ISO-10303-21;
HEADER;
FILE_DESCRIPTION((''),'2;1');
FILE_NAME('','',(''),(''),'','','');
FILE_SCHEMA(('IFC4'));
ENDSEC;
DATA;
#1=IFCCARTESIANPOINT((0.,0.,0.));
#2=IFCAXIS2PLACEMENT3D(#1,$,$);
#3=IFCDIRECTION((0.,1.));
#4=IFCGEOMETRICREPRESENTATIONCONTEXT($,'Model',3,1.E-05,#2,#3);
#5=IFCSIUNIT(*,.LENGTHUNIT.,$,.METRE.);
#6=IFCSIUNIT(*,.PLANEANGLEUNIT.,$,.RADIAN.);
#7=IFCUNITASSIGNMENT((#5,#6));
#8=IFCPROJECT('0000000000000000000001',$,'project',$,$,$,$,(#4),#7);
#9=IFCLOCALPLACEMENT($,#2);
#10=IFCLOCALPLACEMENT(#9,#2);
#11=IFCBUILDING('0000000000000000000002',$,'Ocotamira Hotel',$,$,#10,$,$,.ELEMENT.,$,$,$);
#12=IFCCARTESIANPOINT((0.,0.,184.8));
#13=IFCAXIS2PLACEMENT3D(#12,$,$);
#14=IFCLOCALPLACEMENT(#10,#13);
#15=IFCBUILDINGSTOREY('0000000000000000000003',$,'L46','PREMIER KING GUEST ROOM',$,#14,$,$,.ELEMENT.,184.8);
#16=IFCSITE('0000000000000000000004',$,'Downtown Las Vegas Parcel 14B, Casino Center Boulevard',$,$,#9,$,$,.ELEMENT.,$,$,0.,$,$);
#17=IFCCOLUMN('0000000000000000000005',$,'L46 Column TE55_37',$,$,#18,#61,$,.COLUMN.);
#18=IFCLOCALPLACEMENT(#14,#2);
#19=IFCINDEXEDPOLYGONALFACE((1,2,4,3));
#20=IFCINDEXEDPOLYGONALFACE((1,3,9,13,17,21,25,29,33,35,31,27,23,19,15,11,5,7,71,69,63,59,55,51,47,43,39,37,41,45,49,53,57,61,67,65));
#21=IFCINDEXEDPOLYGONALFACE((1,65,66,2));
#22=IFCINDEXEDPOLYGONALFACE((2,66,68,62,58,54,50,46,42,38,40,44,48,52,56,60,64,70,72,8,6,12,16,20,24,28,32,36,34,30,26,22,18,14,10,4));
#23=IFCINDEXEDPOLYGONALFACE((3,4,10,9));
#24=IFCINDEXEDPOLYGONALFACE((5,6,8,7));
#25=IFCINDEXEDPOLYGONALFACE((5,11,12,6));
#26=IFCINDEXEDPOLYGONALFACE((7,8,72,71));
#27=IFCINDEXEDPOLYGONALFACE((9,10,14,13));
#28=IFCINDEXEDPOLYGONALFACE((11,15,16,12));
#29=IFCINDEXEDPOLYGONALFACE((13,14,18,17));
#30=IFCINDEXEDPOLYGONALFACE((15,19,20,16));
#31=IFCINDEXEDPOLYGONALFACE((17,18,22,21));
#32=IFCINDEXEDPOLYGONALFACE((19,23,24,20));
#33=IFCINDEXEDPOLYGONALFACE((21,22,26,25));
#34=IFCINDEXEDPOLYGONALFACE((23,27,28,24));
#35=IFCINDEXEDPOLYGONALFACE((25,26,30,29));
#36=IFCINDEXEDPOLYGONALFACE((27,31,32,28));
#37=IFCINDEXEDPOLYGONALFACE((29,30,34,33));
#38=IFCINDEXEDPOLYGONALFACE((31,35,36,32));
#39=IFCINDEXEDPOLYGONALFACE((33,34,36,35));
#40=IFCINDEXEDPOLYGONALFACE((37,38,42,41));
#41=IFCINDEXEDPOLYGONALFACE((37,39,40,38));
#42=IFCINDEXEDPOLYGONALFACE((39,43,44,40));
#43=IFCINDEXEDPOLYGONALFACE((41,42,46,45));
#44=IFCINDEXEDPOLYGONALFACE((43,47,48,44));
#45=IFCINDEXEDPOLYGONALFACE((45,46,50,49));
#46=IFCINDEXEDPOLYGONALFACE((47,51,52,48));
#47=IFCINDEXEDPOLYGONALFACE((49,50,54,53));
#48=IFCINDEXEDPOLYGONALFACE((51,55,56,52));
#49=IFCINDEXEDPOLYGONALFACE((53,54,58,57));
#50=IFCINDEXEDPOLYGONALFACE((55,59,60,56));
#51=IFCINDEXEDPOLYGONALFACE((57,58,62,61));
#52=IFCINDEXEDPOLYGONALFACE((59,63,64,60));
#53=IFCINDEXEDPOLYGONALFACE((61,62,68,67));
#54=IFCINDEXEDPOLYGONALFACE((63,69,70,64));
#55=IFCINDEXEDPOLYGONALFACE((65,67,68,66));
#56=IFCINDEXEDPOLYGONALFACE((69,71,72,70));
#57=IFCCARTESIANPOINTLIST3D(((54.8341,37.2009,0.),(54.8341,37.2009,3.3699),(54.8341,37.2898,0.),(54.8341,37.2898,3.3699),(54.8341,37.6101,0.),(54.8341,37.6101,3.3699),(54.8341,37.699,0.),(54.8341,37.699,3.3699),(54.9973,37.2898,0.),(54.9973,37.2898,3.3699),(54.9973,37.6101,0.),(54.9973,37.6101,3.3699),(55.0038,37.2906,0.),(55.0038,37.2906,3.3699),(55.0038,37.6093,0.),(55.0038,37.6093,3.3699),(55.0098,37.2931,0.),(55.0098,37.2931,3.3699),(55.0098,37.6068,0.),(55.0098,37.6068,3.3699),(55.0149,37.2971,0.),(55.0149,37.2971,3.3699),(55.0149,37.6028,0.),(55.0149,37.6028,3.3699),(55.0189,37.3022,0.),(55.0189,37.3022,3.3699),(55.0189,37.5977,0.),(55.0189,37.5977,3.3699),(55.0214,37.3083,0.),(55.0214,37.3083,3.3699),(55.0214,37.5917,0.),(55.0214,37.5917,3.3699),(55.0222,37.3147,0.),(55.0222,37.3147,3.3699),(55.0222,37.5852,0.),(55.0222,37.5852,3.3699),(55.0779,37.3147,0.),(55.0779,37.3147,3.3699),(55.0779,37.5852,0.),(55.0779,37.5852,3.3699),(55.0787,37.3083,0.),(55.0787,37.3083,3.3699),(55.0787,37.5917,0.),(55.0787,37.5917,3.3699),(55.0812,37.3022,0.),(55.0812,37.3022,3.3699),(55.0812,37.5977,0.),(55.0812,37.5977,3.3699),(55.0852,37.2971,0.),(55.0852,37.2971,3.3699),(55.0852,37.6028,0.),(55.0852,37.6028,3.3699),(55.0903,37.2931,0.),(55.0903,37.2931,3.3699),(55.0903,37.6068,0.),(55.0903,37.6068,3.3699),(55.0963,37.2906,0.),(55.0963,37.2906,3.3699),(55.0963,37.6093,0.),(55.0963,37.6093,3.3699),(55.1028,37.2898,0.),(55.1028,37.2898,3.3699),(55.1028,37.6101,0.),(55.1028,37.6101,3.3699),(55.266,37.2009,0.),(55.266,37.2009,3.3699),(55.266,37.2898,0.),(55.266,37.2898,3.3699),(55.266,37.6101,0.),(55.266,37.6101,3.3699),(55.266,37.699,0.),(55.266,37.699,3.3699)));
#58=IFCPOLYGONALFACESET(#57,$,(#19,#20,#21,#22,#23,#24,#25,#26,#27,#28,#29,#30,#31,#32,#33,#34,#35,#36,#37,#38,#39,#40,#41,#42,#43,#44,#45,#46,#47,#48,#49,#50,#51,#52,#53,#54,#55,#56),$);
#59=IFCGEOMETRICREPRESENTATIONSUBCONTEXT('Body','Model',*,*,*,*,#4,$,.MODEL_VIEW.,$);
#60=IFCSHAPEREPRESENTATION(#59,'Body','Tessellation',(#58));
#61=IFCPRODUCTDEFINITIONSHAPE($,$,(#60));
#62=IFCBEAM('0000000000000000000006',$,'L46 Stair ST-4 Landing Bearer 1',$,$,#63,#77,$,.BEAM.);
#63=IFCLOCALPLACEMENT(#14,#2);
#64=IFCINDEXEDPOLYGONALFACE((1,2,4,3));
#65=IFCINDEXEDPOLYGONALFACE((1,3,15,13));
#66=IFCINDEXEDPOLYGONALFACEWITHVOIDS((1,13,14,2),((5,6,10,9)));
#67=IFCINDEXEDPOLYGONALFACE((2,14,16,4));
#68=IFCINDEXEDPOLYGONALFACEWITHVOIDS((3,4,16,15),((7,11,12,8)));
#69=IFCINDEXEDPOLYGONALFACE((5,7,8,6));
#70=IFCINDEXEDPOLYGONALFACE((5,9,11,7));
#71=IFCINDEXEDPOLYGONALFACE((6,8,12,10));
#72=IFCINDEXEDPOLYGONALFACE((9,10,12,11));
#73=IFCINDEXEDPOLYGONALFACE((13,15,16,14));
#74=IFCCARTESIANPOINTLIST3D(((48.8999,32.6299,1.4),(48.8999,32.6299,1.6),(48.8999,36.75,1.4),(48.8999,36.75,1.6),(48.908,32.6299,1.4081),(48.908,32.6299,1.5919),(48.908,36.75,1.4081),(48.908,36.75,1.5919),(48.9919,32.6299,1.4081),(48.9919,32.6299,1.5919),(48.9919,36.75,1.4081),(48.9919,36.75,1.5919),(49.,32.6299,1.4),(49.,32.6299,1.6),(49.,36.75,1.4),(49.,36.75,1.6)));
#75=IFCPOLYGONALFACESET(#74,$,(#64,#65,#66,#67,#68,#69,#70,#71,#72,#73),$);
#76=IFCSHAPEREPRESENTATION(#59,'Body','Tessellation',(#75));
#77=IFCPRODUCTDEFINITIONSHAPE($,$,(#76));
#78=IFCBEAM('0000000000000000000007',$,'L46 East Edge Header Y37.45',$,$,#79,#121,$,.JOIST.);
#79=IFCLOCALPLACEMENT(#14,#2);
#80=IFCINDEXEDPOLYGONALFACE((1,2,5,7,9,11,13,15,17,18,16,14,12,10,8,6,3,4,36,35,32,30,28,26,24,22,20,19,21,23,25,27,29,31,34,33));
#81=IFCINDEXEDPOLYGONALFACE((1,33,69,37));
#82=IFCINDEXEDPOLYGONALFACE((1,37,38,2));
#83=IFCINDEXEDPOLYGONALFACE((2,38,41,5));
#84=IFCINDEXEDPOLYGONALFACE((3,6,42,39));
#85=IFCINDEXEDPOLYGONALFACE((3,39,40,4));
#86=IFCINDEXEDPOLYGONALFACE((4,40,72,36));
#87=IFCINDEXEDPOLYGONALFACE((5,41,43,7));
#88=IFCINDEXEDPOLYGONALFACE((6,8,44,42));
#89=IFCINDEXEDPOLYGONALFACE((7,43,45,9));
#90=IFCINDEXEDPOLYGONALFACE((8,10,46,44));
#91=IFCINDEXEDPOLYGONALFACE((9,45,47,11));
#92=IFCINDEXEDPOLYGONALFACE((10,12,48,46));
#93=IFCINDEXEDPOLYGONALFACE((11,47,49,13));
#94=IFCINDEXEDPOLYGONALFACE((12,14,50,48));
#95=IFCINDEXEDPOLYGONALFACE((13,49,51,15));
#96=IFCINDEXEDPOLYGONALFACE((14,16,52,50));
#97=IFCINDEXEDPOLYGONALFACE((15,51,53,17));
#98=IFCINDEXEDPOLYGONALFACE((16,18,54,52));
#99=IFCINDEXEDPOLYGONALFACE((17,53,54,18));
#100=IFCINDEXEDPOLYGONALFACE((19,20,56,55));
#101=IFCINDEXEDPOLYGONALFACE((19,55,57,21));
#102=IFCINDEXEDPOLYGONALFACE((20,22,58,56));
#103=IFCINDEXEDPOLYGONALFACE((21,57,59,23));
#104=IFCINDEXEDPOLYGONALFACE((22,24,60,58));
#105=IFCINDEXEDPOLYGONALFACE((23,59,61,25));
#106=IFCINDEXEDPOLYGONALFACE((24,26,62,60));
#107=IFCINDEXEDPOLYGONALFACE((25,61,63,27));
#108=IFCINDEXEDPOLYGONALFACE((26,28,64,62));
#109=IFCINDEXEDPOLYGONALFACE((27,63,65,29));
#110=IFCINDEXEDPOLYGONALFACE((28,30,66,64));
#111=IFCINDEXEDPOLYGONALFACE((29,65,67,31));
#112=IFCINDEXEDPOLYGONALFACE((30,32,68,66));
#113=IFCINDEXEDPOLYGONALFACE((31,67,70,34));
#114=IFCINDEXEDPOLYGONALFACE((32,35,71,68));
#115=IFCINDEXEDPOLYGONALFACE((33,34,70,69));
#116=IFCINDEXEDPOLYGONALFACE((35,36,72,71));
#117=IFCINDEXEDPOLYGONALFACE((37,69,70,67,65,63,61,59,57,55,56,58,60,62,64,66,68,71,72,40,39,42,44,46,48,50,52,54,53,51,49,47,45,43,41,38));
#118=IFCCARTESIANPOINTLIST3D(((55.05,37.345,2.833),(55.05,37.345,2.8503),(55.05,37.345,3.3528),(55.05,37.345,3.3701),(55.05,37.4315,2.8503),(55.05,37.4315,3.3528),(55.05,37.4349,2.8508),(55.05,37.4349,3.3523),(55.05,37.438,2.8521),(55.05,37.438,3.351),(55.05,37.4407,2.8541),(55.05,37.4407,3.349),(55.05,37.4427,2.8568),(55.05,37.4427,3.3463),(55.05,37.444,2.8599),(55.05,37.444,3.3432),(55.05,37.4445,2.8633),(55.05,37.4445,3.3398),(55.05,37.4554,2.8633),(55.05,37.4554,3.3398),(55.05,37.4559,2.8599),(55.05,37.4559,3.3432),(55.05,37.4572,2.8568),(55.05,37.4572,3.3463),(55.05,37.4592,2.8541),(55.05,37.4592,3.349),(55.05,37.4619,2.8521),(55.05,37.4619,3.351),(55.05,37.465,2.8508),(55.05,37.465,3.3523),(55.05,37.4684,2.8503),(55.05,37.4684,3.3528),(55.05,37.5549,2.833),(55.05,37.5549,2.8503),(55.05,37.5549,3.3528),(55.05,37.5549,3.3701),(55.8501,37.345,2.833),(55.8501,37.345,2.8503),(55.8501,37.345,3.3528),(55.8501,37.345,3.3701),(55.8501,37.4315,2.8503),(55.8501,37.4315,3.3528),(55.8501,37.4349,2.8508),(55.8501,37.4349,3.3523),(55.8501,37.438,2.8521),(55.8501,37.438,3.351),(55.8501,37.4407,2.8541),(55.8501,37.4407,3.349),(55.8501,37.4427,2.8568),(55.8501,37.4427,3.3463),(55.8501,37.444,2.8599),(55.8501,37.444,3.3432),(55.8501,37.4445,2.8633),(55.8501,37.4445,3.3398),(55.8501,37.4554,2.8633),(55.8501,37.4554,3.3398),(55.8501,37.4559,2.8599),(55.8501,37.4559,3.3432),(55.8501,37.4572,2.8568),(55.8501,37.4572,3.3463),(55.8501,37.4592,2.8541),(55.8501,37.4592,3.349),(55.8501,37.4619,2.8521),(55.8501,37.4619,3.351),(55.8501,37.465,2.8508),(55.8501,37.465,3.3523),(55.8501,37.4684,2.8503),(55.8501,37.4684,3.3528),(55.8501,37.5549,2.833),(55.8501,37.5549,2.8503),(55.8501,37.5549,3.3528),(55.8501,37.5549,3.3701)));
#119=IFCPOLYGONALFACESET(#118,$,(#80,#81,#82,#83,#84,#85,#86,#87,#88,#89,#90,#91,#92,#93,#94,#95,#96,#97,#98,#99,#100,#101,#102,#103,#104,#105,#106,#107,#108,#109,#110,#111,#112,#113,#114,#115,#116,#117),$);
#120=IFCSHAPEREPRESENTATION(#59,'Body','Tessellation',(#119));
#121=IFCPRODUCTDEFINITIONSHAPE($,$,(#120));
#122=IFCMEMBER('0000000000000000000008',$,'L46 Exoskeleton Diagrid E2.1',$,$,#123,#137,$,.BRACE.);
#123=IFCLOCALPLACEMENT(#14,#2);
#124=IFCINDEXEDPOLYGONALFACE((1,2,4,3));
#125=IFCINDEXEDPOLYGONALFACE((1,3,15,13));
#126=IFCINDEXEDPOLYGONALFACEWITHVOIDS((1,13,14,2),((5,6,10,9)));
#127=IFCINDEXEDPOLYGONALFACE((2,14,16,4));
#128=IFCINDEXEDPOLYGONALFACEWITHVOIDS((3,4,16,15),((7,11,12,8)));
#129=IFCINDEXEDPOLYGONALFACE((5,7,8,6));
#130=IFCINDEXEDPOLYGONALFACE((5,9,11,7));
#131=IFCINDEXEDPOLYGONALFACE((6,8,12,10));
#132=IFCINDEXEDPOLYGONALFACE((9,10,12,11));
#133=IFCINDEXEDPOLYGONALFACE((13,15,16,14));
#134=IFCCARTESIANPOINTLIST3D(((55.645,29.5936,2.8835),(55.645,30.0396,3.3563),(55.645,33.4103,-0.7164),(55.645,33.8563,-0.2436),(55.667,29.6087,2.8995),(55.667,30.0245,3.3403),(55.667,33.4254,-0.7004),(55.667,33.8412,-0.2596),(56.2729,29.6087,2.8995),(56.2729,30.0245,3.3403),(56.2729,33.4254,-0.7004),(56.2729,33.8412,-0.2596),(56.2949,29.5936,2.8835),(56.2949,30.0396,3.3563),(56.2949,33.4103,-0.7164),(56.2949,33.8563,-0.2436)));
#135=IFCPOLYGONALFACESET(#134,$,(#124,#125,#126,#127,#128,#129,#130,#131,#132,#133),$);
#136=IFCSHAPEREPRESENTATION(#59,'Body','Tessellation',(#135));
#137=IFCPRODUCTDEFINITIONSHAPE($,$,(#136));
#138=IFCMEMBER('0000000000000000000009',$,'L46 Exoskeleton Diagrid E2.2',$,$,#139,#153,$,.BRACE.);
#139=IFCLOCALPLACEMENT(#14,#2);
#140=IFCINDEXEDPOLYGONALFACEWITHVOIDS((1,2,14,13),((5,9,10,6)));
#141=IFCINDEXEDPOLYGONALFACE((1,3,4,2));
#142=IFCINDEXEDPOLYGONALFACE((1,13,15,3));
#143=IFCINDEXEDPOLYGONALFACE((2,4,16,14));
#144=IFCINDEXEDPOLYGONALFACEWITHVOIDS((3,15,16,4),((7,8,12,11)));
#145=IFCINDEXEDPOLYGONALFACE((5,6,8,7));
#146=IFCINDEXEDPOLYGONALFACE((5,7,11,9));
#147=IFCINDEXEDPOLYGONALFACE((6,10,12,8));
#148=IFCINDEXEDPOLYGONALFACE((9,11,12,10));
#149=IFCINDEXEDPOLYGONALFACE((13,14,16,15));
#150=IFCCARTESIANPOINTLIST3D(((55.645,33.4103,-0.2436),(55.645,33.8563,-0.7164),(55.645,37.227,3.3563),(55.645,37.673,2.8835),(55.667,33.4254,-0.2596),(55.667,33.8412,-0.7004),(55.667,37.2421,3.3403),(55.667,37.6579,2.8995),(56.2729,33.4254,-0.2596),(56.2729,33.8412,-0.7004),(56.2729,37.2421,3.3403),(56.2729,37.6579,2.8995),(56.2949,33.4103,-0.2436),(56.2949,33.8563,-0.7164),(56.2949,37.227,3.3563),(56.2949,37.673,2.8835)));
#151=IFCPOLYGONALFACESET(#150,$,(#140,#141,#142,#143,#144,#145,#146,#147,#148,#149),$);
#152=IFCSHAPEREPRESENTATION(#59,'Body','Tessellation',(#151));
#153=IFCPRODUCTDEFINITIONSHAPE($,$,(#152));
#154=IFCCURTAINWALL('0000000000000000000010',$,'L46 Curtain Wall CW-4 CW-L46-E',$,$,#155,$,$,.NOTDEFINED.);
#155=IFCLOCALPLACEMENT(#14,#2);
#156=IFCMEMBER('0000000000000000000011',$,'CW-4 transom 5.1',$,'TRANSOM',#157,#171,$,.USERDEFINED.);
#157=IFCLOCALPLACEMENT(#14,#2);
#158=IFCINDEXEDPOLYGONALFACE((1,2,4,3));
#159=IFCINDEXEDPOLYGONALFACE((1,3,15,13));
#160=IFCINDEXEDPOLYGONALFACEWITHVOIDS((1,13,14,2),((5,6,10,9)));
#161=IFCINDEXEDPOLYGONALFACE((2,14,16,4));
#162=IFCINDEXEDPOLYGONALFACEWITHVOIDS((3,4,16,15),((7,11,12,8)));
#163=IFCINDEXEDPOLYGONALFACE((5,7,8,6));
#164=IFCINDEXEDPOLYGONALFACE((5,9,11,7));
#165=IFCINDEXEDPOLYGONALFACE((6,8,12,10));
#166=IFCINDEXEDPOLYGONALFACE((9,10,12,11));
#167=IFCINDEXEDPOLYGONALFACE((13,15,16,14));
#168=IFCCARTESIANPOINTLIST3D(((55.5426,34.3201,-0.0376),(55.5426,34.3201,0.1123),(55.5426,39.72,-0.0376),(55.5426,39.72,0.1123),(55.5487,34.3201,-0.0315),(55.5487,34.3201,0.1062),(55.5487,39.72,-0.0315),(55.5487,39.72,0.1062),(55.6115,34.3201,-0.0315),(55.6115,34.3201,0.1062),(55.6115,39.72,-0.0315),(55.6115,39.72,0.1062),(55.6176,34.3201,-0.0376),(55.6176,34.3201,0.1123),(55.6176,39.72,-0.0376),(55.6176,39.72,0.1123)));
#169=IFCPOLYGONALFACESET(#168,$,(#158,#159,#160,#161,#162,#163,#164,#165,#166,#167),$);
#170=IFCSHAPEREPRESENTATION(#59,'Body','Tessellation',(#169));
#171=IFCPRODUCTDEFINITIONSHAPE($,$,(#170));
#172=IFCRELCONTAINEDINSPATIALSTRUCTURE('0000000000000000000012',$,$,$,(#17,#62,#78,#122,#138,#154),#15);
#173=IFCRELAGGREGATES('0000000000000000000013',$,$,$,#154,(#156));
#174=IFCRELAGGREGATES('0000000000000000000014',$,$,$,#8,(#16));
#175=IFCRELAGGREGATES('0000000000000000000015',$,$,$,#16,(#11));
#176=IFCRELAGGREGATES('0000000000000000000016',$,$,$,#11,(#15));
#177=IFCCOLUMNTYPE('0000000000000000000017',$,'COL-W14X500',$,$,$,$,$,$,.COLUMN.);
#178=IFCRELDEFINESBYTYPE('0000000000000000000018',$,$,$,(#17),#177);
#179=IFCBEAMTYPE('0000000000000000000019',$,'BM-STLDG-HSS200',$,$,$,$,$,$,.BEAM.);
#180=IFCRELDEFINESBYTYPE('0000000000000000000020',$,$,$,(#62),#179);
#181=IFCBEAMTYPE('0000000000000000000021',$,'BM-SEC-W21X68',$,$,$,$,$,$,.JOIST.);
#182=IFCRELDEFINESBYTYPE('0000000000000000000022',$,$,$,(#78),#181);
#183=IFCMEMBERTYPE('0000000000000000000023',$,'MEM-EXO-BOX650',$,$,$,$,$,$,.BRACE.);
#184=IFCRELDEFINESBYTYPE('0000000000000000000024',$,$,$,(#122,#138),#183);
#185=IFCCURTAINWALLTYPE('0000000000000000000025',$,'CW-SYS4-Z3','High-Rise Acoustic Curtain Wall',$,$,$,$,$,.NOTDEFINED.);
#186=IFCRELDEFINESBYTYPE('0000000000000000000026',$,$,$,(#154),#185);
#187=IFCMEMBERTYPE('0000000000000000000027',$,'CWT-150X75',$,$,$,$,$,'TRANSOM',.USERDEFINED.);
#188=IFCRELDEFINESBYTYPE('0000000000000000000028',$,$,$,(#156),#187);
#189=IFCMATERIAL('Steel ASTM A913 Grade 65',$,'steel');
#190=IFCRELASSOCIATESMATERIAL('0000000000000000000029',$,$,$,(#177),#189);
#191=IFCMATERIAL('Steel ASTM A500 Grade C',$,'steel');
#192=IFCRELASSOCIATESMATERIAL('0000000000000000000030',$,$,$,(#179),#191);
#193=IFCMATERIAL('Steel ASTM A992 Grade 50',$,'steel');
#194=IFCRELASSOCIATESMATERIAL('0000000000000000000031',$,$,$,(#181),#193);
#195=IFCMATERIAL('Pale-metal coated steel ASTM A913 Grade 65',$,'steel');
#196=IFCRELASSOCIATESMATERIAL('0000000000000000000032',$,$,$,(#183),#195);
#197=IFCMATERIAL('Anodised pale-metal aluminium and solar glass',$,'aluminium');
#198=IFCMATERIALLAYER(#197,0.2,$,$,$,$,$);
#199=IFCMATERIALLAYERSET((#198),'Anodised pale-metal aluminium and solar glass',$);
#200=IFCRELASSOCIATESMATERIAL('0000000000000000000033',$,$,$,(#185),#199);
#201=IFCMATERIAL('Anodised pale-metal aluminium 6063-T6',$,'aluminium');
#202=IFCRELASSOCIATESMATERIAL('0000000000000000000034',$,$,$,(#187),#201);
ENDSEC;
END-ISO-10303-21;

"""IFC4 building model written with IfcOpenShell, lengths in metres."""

from ifc_helpers import new_model, si_unit, direction, frame, origin, origin_2d, place, context, subcontext, project, spatial, hollow_rectangle, i_section, extrude, source, transform, mapped, material, layer, layer_set, material_profile, profile_set, type_object, element, aggregate, save


model = new_model("IFC4")

# Units and contexts
model_context = context("Model", 3, precision=1e-05, world=origin(), true_north=direction((0.0, 1.0)))
body_context = subcontext(model_context, "Body", "Model", "MODEL_VIEW")
ifc_project = project(units=[si_unit("LENGTHUNIT", "METRE"), si_unit("PLANEANGLEUNIT", "RADIAN")], contexts=[model_context])

# Site, building, storey
site_placement = place(None, origin())
site = spatial("IfcSite", under=ifc_project, at=site_placement, Name="Downtown Las Vegas Parcel 14B, Casino Center Boulevard", CompositionType="ELEMENT", RefElevation=0.0)
building_placement = place(site_placement, origin())
building = spatial("IfcBuilding", under=site, at=building_placement, Name="Ocotamira Hotel", CompositionType="ELEMENT")
storey_placement = place(building_placement, frame((0.0, 0.0, 184.8)))
storey = spatial("IfcBuildingStorey", under=building, at=storey_placement, Name="L46", Description="PREMIER KING GUEST ROOM", CompositionType="ELEMENT", Elevation=184.8)

# Column
ifc_material_1 = material(Name="Steel ASTM A913 Grade 65", Category="steel")
ifc_material_profile_1 = material_profile(ifc_material_1, i_section(OverallWidth=0.4319, OverallDepth=0.498, WebThickness=0.0557, FlangeThickness=0.0889, FilletRadius=0.0249, at=origin_2d()), Name="W14X500")
ifc_profile_set_1 = profile_set([ifc_material_profile_1], Name="Steel ASTM A913 Grade 65")
column_type = type_object("IfcColumnType", Name="COL-W14X500", PredefinedType="COLUMN", material=ifc_profile_set_1)
shared_shape_1 = source(origin(), body_context, "Body", "SweptSolid", [
    extrude(i_section(OverallWidth=0.4319, OverallDepth=0.498, WebThickness=0.0557, FlangeThickness=0.0889, FilletRadius=0.0249, at=origin_2d()), origin(), (0.0, 0.0, 1.0), 3.3699),
])
column_placement = place(storey_placement, frame((55.05, 37.45, 0.0), z_axis=(0.0, 0.0, 1.0), x_axis=(1.0, 0.0, 0.0)))
element("IfcColumn", 1, at=column_placement, inside=storey, type_object=column_type, Name="L46 Column TE55_37", PredefinedType="COLUMN", context=body_context, shape_type="MappedRepresentation", body=[
    mapped(shared_shape_1, transform((0.0, 0.0, 0.0), scale=1.0)),
])

# Beams
ifc_material_2 = material(Name="Steel ASTM A500 Grade C", Category="steel")
ifc_material_profile_2 = material_profile(ifc_material_2, hollow_rectangle(XDim=0.1001, YDim=0.2, WallThickness=0.0081, at=origin_2d()), Name="HSS200X100X8")
ifc_profile_set_2 = profile_set([ifc_material_profile_2], Name="Steel ASTM A500 Grade C")
beam_type_1 = type_object("IfcBeamType", Name="BM-STLDG-HSS200", PredefinedType="BEAM", material=ifc_profile_set_2)
shared_shape_2 = source(origin(), body_context, "Body", "SweptSolid", [
    extrude(hollow_rectangle(XDim=0.1001, YDim=0.2, WallThickness=0.0081, at=origin_2d()), origin(), (0.0, 0.0, 1.0), 4.1201),
])
beam_1_placement = place(storey_placement, frame((48.95, 32.6299, 1.5), z_axis=(0.0, 1.0, 0.0), x_axis=(-1.0, 0.0, 0.0)))
element("IfcBeam", 2, at=beam_1_placement, inside=storey, type_object=beam_type_1, Name="L46 Stair ST-4 Landing Bearer 1", PredefinedType="BEAM", context=body_context, shape_type="MappedRepresentation", body=[
    mapped(shared_shape_2, transform((0.0, 0.0, 0.0), scale=1.0)),
])
ifc_material_3 = material(Name="Steel ASTM A992 Grade 50", Category="steel")
ifc_material_profile_3 = material_profile(ifc_material_3, i_section(OverallWidth=0.21, OverallDepth=0.5371, WebThickness=0.011, FlangeThickness=0.0173, FilletRadius=0.0129, at=origin_2d()), Name="W21X68")
ifc_profile_set_3 = profile_set([ifc_material_profile_3], Name="Steel ASTM A992 Grade 50")
beam_type_2 = type_object("IfcBeamType", Name="BM-SEC-W21X68", PredefinedType="JOIST", material=ifc_profile_set_3)
shared_shape_3 = source(origin(), body_context, "Body", "SweptSolid", [
    extrude(i_section(OverallWidth=0.21, OverallDepth=0.5371, WebThickness=0.011, FlangeThickness=0.0173, FilletRadius=0.0129, at=origin_2d()), origin(), (0.0, 0.0, 1.0), 0.8),
])
beam_2_placement = place(storey_placement, frame((55.05, 37.45, 3.1016), z_axis=(1.0, 0.0, 0.0), x_axis=(0.0, 1.0, 0.0)))
element("IfcBeam", 3, at=beam_2_placement, inside=storey, type_object=beam_type_2, Name="L46 East Edge Header Y37.45", PredefinedType="JOIST", context=body_context, shape_type="MappedRepresentation", body=[
    mapped(shared_shape_3, transform((0.0, 0.0, 0.0), scale=1.0)),
])

# Members
ifc_material_4 = material(Name="Pale-metal coated steel ASTM A913 Grade 65", Category="steel")
ifc_material_profile_4 = material_profile(ifc_material_4, hollow_rectangle(XDim=0.6499, YDim=0.6499, WallThickness=0.022, at=origin_2d()), Name="BOX650X650X22")
ifc_profile_set_4 = profile_set([ifc_material_profile_4], Name="Pale-metal coated steel ASTM A913 Grade 65")
member_type_1 = type_object("IfcMemberType", Name="MEM-EXO-BOX650", PredefinedType="BRACE", material=ifc_profile_set_4)
shared_shape_4 = source(origin(), body_context, "Body", "SweptSolid", [
    extrude(hollow_rectangle(XDim=0.6499, YDim=0.6499, WallThickness=0.022, at=origin_2d()), origin(), (0.0, 0.0, 1.0), 5.2466),
])
for number, where, z_axis, x_axis, name in (
    (4, (55.97, 33.6333, -0.48), (0.0, -0.727466, 0.686144), (1.0, 0.0, 0.0), "L46 Exoskeleton Diagrid E2.1"),
    (5, (55.97, 33.6333, -0.48), (0.0, 0.727466, 0.686144), (-1.0, 0.0, 0.0), "L46 Exoskeleton Diagrid E2.2"),
):
    element("IfcMember", number, at=place(storey_placement, frame(where, z_axis=z_axis, x_axis=x_axis)), inside=storey, type_object=member_type_1, Name=name, PredefinedType="BRACE", context=body_context, shape_type="MappedRepresentation", body=[
        mapped(shared_shape_4, transform((0.0, 0.0, 0.0), scale=1.0)),
    ])

# Curtain wall, member
ifc_material_5 = material(Name="Anodised pale-metal aluminium and solar glass", Category="aluminium")
ifc_layer_1 = layer(ifc_material_5, 0.2)
ifc_layer_set_1 = layer_set([ifc_layer_1], Name="Anodised pale-metal aluminium and solar glass")
curtain_wall_type = type_object("IfcCurtainWallType", Name="CW-SYS4-Z3", Description="High-Rise Acoustic Curtain Wall", PredefinedType="NOTDEFINED", material=ifc_layer_set_1)
curtain_wall_placement = place(storey_placement, origin())
curtain_wall = element("IfcCurtainWall", 6, at=curtain_wall_placement, inside=storey, type_object=curtain_wall_type, Name="L46 Curtain Wall CW-4 CW-L46-E", PredefinedType="NOTDEFINED")
ifc_material_6 = material(Name="Anodised pale-metal aluminium 6063-T6", Category="aluminium")
ifc_material_profile_5 = material_profile(ifc_material_6, hollow_rectangle(XDim=0.075, YDim=0.1499, WallThickness=0.0061, at=origin_2d()), Name="HSS150X75X6")
ifc_profile_set_5 = profile_set([ifc_material_profile_5], Name="Anodised pale-metal aluminium 6063-T6")
member_type_2 = type_object("IfcMemberType", Name="CWT-150X75", ElementType="TRANSOM", PredefinedType="USERDEFINED", material=ifc_profile_set_5)
shared_shape_5 = source(origin(), body_context, "Body", "SweptSolid", [
    extrude(hollow_rectangle(XDim=0.075, YDim=0.1499, WallThickness=0.0061, at=origin_2d()), origin(), (0.0, 0.0, 1.0), 5.3999),
])
member_1_placement = place(storey_placement, frame((55.5801, 34.3201, 0.0374), z_axis=(0.0, 1.0, 0.0), x_axis=(-1.0, 0.0, 0.0)))
member_1 = element("IfcMember", 7, at=member_1_placement, type_object=member_type_2, Name="CW-4 transom 5.1", ObjectType="TRANSOM", PredefinedType="USERDEFINED", context=body_context, shape_type="MappedRepresentation", body=[
    mapped(shared_shape_5, transform((0.0, 0.0, 0.0), scale=1.0)),
])

aggregate(curtain_wall, [member_1])

save(model, "model.ifc")
